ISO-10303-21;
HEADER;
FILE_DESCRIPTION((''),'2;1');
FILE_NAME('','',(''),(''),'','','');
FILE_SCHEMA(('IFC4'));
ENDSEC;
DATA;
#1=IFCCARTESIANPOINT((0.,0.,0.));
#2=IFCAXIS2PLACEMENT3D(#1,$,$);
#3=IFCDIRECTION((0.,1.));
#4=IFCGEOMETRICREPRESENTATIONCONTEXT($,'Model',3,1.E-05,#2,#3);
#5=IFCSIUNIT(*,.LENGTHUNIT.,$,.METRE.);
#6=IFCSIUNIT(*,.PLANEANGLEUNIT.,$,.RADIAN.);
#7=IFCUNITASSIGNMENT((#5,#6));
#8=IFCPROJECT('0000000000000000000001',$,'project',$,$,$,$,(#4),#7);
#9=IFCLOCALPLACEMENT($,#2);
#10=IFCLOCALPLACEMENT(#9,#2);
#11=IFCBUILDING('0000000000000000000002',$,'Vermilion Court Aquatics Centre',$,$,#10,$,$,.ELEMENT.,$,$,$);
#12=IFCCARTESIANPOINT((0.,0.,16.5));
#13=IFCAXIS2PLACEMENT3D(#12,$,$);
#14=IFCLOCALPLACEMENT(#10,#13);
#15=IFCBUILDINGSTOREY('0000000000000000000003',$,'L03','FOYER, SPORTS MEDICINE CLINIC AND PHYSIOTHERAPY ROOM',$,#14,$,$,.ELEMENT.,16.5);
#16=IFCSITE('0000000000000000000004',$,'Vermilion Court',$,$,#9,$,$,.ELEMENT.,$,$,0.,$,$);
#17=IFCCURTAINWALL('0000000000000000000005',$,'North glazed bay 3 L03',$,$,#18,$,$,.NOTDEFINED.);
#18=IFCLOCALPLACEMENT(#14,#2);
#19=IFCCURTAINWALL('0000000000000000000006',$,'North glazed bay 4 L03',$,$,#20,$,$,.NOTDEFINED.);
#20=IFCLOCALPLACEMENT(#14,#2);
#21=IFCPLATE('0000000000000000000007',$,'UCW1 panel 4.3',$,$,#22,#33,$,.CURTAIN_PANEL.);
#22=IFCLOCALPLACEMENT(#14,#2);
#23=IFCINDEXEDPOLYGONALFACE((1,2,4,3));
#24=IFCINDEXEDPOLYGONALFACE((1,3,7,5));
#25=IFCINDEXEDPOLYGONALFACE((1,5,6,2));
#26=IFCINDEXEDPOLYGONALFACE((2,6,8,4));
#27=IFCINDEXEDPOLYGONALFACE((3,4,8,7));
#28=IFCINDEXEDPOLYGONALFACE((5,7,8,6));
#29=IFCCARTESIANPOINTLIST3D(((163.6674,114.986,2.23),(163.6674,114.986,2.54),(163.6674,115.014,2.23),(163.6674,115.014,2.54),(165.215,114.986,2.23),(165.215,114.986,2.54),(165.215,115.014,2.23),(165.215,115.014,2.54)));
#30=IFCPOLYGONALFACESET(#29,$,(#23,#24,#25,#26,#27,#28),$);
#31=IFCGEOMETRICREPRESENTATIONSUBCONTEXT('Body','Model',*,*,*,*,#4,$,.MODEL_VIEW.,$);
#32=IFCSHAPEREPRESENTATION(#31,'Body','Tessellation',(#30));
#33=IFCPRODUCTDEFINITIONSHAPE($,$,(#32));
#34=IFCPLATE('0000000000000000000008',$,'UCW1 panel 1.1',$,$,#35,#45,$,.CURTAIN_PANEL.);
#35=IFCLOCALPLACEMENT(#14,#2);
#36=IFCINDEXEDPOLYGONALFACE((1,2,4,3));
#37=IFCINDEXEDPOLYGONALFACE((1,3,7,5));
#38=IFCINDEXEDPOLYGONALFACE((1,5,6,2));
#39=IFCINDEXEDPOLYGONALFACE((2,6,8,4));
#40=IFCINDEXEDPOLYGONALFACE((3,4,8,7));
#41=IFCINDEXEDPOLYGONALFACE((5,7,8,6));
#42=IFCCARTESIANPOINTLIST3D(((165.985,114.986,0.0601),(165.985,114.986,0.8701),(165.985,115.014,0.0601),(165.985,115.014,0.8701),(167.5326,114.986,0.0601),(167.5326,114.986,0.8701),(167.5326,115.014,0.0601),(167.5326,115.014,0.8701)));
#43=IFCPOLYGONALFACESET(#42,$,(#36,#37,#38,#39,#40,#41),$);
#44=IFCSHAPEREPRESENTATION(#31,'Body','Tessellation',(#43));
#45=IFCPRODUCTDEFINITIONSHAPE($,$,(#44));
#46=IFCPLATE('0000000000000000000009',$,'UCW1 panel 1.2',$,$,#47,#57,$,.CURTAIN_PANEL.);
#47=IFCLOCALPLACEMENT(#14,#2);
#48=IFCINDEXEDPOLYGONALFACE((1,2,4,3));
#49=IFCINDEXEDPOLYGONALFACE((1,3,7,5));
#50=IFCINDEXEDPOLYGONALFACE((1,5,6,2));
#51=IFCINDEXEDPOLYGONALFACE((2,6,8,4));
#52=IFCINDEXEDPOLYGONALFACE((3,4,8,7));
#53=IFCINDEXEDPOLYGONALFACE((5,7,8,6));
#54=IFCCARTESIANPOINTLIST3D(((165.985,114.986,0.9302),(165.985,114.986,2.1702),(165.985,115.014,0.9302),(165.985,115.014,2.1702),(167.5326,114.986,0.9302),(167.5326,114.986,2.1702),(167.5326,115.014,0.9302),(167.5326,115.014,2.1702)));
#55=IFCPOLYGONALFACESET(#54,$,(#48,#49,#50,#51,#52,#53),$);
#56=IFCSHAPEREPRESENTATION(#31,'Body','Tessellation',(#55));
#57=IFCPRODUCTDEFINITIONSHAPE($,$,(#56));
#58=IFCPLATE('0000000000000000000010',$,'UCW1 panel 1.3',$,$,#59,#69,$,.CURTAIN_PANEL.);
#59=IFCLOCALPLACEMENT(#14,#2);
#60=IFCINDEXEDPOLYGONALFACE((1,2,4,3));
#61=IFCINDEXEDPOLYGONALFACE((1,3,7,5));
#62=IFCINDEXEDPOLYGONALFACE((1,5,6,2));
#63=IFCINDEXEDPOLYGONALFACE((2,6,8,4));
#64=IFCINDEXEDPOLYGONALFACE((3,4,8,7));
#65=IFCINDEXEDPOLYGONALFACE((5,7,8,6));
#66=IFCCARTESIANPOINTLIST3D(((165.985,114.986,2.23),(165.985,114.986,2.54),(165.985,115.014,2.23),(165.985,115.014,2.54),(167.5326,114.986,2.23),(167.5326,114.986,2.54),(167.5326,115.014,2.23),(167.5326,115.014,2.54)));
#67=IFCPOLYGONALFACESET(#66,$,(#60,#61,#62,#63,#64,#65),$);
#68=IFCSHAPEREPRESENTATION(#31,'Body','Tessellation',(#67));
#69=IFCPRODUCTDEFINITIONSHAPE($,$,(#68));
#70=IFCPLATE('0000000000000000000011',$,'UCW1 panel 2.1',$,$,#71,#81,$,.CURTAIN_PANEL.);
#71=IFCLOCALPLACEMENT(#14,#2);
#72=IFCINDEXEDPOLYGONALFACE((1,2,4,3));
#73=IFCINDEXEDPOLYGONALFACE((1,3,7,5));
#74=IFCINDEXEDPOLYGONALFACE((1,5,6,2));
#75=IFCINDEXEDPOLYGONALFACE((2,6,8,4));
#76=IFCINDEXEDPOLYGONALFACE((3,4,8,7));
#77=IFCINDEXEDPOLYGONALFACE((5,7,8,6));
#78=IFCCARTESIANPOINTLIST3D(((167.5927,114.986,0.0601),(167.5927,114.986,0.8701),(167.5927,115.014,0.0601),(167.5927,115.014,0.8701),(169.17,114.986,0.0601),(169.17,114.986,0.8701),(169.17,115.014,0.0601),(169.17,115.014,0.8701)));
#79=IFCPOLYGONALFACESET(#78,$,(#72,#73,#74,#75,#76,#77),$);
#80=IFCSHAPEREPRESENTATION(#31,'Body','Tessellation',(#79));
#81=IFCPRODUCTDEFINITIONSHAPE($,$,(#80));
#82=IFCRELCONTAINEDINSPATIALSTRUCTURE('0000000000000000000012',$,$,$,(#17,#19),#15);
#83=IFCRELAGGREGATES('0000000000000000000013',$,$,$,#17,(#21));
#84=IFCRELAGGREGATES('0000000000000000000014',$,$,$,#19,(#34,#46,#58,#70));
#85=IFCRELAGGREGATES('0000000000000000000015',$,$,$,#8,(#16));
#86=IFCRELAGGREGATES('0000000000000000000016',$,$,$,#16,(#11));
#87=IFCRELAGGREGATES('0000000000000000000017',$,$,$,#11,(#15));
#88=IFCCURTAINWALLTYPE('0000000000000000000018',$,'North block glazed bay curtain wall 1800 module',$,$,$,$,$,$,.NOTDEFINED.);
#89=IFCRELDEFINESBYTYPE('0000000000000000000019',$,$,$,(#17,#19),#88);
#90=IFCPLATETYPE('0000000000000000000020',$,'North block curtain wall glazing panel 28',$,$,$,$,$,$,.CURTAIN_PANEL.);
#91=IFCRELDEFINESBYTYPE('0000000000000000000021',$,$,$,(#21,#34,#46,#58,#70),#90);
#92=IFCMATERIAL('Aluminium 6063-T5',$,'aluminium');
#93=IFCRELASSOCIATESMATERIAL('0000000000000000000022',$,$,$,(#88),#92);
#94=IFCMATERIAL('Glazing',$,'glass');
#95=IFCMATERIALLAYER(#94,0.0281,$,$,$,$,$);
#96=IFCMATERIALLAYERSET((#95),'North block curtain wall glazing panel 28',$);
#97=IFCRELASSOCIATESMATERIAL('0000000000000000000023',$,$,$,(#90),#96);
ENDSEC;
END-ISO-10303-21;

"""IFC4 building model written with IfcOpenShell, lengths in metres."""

from ifc_helpers import new_model, si_unit, direction, frame, origin, origin_2d, place, context, subcontext, project, spatial, rectangle, extrude, material, layer, layer_set, type_object, element, aggregate, save


model = new_model("IFC4")

# Units and contexts
model_context = context("Model", 3, precision=1e-05, world=origin(), true_north=direction((0.0, 1.0)))
body_context = subcontext(model_context, "Body", "Model", "MODEL_VIEW")
ifc_project = project(units=[si_unit("LENGTHUNIT", "METRE"), si_unit("PLANEANGLEUNIT", "RADIAN")], contexts=[model_context])

# Site, building, storey
site_placement = place(None, origin())
site = spatial("IfcSite", under=ifc_project, at=site_placement, Name="Vermilion Court", CompositionType="ELEMENT", RefElevation=0.0)
building_placement = place(site_placement, origin())
building = spatial("IfcBuilding", under=site, at=building_placement, Name="Vermilion Court Aquatics Centre", CompositionType="ELEMENT")
storey_placement = place(building_placement, frame((0.0, 0.0, 16.5)))
storey = spatial("IfcBuildingStorey", under=building, at=storey_placement, Name="L03", Description="FOYER, SPORTS MEDICINE CLINIC AND PHYSIOTHERAPY ROOM", CompositionType="ELEMENT", Elevation=16.5)

# Curtain walls
ifc_material_1 = material(Name="Aluminium 6063-T5", Category="aluminium")
curtain_wall_type = type_object("IfcCurtainWallType", Name="North block glazed bay curtain wall 1800 module", PredefinedType="NOTDEFINED", material=ifc_material_1)
curtain_wall_1_placement = place(storey_placement, origin())
curtain_wall_1 = element("IfcCurtainWall", 1, at=curtain_wall_1_placement, inside=storey, type_object=curtain_wall_type, Name="North glazed bay 3 L03", PredefinedType="NOTDEFINED")
curtain_wall_2_placement = place(storey_placement, origin())
curtain_wall_2 = element("IfcCurtainWall", 2, at=curtain_wall_2_placement, inside=storey, type_object=curtain_wall_type, Name="North glazed bay 4 L03", PredefinedType="NOTDEFINED")

# Plates
ifc_material_2 = material(Name="Glazing", Category="glass")
ifc_layer = layer(ifc_material_2, 0.0281)
ifc_layer_set = layer_set([ifc_layer], Name="North block curtain wall glazing panel 28")
plate_type = type_object("IfcPlateType", Name="North block curtain wall glazing panel 28", PredefinedType="CURTAIN_PANEL", material=ifc_layer_set)
plate_1_placement = place(storey_placement, frame((164.4412, 115.0, 2.23), z_axis=(0.0, 0.0, 1.0), x_axis=(1.0, 0.0, 0.0)))
plate_1 = element("IfcPlate", 3, at=plate_1_placement, type_object=plate_type, Name="UCW1 panel 4.3", PredefinedType="CURTAIN_PANEL", context=body_context, shape_type="SweptSolid", body=[
    extrude(rectangle(XDim=1.5476, YDim=0.0281, at=origin_2d()), origin(), (0.0, 0.0, 1.0), 0.3101),
])
aggregate(curtain_wall_1, [plate_1])
plate_2_placement = place(storey_placement, frame((166.7588, 115.0, 0.0601), z_axis=(0.0, 0.0, 1.0), x_axis=(1.0, 0.0, 0.0)))
plate_2 = element("IfcPlate", 4, at=plate_2_placement, type_object=plate_type, Name="UCW1 panel 1.1", PredefinedType="CURTAIN_PANEL", context=body_context, shape_type="SweptSolid", body=[
    extrude(rectangle(XDim=1.5476, YDim=0.0281, at=origin_2d()), origin(), (0.0, 0.0, 1.0), 0.8101),
])
plate_3_placement = place(storey_placement, frame((166.7588, 115.0, 0.9302), z_axis=(0.0, 0.0, 1.0), x_axis=(1.0, 0.0, 0.0)))
plate_3 = element("IfcPlate", 5, at=plate_3_placement, type_object=plate_type, Name="UCW1 panel 1.2", PredefinedType="CURTAIN_PANEL", context=body_context, shape_type="SweptSolid", body=[
    extrude(rectangle(XDim=1.5476, YDim=0.0281, at=origin_2d()), origin(), (0.0, 0.0, 1.0), 1.24),
])
plate_4_placement = place(storey_placement, frame((166.7588, 115.0, 2.23), z_axis=(0.0, 0.0, 1.0), x_axis=(1.0, 0.0, 0.0)))
plate_4 = element("IfcPlate", 6, at=plate_4_placement, type_object=plate_type, Name="UCW1 panel 1.3", PredefinedType="CURTAIN_PANEL", context=body_context, shape_type="SweptSolid", body=[
    extrude(rectangle(XDim=1.5476, YDim=0.0281, at=origin_2d()), origin(), (0.0, 0.0, 1.0), 0.3101),
])
plate_5_placement = place(storey_placement, frame((168.3813, 115.0, 0.0601), z_axis=(0.0, 0.0, 1.0), x_axis=(1.0, 0.0, 0.0)))
plate_5 = element("IfcPlate", 7, at=plate_5_placement, type_object=plate_type, Name="UCW1 panel 2.1", PredefinedType="CURTAIN_PANEL", context=body_context, shape_type="SweptSolid", body=[
    extrude(rectangle(XDim=1.5774, YDim=0.0281, at=origin_2d()), origin(), (0.0, 0.0, 1.0), 0.8101),
])
aggregate(curtain_wall_2, [plate_2, plate_3, plate_4, plate_5])

save(model, "model.ifc")
